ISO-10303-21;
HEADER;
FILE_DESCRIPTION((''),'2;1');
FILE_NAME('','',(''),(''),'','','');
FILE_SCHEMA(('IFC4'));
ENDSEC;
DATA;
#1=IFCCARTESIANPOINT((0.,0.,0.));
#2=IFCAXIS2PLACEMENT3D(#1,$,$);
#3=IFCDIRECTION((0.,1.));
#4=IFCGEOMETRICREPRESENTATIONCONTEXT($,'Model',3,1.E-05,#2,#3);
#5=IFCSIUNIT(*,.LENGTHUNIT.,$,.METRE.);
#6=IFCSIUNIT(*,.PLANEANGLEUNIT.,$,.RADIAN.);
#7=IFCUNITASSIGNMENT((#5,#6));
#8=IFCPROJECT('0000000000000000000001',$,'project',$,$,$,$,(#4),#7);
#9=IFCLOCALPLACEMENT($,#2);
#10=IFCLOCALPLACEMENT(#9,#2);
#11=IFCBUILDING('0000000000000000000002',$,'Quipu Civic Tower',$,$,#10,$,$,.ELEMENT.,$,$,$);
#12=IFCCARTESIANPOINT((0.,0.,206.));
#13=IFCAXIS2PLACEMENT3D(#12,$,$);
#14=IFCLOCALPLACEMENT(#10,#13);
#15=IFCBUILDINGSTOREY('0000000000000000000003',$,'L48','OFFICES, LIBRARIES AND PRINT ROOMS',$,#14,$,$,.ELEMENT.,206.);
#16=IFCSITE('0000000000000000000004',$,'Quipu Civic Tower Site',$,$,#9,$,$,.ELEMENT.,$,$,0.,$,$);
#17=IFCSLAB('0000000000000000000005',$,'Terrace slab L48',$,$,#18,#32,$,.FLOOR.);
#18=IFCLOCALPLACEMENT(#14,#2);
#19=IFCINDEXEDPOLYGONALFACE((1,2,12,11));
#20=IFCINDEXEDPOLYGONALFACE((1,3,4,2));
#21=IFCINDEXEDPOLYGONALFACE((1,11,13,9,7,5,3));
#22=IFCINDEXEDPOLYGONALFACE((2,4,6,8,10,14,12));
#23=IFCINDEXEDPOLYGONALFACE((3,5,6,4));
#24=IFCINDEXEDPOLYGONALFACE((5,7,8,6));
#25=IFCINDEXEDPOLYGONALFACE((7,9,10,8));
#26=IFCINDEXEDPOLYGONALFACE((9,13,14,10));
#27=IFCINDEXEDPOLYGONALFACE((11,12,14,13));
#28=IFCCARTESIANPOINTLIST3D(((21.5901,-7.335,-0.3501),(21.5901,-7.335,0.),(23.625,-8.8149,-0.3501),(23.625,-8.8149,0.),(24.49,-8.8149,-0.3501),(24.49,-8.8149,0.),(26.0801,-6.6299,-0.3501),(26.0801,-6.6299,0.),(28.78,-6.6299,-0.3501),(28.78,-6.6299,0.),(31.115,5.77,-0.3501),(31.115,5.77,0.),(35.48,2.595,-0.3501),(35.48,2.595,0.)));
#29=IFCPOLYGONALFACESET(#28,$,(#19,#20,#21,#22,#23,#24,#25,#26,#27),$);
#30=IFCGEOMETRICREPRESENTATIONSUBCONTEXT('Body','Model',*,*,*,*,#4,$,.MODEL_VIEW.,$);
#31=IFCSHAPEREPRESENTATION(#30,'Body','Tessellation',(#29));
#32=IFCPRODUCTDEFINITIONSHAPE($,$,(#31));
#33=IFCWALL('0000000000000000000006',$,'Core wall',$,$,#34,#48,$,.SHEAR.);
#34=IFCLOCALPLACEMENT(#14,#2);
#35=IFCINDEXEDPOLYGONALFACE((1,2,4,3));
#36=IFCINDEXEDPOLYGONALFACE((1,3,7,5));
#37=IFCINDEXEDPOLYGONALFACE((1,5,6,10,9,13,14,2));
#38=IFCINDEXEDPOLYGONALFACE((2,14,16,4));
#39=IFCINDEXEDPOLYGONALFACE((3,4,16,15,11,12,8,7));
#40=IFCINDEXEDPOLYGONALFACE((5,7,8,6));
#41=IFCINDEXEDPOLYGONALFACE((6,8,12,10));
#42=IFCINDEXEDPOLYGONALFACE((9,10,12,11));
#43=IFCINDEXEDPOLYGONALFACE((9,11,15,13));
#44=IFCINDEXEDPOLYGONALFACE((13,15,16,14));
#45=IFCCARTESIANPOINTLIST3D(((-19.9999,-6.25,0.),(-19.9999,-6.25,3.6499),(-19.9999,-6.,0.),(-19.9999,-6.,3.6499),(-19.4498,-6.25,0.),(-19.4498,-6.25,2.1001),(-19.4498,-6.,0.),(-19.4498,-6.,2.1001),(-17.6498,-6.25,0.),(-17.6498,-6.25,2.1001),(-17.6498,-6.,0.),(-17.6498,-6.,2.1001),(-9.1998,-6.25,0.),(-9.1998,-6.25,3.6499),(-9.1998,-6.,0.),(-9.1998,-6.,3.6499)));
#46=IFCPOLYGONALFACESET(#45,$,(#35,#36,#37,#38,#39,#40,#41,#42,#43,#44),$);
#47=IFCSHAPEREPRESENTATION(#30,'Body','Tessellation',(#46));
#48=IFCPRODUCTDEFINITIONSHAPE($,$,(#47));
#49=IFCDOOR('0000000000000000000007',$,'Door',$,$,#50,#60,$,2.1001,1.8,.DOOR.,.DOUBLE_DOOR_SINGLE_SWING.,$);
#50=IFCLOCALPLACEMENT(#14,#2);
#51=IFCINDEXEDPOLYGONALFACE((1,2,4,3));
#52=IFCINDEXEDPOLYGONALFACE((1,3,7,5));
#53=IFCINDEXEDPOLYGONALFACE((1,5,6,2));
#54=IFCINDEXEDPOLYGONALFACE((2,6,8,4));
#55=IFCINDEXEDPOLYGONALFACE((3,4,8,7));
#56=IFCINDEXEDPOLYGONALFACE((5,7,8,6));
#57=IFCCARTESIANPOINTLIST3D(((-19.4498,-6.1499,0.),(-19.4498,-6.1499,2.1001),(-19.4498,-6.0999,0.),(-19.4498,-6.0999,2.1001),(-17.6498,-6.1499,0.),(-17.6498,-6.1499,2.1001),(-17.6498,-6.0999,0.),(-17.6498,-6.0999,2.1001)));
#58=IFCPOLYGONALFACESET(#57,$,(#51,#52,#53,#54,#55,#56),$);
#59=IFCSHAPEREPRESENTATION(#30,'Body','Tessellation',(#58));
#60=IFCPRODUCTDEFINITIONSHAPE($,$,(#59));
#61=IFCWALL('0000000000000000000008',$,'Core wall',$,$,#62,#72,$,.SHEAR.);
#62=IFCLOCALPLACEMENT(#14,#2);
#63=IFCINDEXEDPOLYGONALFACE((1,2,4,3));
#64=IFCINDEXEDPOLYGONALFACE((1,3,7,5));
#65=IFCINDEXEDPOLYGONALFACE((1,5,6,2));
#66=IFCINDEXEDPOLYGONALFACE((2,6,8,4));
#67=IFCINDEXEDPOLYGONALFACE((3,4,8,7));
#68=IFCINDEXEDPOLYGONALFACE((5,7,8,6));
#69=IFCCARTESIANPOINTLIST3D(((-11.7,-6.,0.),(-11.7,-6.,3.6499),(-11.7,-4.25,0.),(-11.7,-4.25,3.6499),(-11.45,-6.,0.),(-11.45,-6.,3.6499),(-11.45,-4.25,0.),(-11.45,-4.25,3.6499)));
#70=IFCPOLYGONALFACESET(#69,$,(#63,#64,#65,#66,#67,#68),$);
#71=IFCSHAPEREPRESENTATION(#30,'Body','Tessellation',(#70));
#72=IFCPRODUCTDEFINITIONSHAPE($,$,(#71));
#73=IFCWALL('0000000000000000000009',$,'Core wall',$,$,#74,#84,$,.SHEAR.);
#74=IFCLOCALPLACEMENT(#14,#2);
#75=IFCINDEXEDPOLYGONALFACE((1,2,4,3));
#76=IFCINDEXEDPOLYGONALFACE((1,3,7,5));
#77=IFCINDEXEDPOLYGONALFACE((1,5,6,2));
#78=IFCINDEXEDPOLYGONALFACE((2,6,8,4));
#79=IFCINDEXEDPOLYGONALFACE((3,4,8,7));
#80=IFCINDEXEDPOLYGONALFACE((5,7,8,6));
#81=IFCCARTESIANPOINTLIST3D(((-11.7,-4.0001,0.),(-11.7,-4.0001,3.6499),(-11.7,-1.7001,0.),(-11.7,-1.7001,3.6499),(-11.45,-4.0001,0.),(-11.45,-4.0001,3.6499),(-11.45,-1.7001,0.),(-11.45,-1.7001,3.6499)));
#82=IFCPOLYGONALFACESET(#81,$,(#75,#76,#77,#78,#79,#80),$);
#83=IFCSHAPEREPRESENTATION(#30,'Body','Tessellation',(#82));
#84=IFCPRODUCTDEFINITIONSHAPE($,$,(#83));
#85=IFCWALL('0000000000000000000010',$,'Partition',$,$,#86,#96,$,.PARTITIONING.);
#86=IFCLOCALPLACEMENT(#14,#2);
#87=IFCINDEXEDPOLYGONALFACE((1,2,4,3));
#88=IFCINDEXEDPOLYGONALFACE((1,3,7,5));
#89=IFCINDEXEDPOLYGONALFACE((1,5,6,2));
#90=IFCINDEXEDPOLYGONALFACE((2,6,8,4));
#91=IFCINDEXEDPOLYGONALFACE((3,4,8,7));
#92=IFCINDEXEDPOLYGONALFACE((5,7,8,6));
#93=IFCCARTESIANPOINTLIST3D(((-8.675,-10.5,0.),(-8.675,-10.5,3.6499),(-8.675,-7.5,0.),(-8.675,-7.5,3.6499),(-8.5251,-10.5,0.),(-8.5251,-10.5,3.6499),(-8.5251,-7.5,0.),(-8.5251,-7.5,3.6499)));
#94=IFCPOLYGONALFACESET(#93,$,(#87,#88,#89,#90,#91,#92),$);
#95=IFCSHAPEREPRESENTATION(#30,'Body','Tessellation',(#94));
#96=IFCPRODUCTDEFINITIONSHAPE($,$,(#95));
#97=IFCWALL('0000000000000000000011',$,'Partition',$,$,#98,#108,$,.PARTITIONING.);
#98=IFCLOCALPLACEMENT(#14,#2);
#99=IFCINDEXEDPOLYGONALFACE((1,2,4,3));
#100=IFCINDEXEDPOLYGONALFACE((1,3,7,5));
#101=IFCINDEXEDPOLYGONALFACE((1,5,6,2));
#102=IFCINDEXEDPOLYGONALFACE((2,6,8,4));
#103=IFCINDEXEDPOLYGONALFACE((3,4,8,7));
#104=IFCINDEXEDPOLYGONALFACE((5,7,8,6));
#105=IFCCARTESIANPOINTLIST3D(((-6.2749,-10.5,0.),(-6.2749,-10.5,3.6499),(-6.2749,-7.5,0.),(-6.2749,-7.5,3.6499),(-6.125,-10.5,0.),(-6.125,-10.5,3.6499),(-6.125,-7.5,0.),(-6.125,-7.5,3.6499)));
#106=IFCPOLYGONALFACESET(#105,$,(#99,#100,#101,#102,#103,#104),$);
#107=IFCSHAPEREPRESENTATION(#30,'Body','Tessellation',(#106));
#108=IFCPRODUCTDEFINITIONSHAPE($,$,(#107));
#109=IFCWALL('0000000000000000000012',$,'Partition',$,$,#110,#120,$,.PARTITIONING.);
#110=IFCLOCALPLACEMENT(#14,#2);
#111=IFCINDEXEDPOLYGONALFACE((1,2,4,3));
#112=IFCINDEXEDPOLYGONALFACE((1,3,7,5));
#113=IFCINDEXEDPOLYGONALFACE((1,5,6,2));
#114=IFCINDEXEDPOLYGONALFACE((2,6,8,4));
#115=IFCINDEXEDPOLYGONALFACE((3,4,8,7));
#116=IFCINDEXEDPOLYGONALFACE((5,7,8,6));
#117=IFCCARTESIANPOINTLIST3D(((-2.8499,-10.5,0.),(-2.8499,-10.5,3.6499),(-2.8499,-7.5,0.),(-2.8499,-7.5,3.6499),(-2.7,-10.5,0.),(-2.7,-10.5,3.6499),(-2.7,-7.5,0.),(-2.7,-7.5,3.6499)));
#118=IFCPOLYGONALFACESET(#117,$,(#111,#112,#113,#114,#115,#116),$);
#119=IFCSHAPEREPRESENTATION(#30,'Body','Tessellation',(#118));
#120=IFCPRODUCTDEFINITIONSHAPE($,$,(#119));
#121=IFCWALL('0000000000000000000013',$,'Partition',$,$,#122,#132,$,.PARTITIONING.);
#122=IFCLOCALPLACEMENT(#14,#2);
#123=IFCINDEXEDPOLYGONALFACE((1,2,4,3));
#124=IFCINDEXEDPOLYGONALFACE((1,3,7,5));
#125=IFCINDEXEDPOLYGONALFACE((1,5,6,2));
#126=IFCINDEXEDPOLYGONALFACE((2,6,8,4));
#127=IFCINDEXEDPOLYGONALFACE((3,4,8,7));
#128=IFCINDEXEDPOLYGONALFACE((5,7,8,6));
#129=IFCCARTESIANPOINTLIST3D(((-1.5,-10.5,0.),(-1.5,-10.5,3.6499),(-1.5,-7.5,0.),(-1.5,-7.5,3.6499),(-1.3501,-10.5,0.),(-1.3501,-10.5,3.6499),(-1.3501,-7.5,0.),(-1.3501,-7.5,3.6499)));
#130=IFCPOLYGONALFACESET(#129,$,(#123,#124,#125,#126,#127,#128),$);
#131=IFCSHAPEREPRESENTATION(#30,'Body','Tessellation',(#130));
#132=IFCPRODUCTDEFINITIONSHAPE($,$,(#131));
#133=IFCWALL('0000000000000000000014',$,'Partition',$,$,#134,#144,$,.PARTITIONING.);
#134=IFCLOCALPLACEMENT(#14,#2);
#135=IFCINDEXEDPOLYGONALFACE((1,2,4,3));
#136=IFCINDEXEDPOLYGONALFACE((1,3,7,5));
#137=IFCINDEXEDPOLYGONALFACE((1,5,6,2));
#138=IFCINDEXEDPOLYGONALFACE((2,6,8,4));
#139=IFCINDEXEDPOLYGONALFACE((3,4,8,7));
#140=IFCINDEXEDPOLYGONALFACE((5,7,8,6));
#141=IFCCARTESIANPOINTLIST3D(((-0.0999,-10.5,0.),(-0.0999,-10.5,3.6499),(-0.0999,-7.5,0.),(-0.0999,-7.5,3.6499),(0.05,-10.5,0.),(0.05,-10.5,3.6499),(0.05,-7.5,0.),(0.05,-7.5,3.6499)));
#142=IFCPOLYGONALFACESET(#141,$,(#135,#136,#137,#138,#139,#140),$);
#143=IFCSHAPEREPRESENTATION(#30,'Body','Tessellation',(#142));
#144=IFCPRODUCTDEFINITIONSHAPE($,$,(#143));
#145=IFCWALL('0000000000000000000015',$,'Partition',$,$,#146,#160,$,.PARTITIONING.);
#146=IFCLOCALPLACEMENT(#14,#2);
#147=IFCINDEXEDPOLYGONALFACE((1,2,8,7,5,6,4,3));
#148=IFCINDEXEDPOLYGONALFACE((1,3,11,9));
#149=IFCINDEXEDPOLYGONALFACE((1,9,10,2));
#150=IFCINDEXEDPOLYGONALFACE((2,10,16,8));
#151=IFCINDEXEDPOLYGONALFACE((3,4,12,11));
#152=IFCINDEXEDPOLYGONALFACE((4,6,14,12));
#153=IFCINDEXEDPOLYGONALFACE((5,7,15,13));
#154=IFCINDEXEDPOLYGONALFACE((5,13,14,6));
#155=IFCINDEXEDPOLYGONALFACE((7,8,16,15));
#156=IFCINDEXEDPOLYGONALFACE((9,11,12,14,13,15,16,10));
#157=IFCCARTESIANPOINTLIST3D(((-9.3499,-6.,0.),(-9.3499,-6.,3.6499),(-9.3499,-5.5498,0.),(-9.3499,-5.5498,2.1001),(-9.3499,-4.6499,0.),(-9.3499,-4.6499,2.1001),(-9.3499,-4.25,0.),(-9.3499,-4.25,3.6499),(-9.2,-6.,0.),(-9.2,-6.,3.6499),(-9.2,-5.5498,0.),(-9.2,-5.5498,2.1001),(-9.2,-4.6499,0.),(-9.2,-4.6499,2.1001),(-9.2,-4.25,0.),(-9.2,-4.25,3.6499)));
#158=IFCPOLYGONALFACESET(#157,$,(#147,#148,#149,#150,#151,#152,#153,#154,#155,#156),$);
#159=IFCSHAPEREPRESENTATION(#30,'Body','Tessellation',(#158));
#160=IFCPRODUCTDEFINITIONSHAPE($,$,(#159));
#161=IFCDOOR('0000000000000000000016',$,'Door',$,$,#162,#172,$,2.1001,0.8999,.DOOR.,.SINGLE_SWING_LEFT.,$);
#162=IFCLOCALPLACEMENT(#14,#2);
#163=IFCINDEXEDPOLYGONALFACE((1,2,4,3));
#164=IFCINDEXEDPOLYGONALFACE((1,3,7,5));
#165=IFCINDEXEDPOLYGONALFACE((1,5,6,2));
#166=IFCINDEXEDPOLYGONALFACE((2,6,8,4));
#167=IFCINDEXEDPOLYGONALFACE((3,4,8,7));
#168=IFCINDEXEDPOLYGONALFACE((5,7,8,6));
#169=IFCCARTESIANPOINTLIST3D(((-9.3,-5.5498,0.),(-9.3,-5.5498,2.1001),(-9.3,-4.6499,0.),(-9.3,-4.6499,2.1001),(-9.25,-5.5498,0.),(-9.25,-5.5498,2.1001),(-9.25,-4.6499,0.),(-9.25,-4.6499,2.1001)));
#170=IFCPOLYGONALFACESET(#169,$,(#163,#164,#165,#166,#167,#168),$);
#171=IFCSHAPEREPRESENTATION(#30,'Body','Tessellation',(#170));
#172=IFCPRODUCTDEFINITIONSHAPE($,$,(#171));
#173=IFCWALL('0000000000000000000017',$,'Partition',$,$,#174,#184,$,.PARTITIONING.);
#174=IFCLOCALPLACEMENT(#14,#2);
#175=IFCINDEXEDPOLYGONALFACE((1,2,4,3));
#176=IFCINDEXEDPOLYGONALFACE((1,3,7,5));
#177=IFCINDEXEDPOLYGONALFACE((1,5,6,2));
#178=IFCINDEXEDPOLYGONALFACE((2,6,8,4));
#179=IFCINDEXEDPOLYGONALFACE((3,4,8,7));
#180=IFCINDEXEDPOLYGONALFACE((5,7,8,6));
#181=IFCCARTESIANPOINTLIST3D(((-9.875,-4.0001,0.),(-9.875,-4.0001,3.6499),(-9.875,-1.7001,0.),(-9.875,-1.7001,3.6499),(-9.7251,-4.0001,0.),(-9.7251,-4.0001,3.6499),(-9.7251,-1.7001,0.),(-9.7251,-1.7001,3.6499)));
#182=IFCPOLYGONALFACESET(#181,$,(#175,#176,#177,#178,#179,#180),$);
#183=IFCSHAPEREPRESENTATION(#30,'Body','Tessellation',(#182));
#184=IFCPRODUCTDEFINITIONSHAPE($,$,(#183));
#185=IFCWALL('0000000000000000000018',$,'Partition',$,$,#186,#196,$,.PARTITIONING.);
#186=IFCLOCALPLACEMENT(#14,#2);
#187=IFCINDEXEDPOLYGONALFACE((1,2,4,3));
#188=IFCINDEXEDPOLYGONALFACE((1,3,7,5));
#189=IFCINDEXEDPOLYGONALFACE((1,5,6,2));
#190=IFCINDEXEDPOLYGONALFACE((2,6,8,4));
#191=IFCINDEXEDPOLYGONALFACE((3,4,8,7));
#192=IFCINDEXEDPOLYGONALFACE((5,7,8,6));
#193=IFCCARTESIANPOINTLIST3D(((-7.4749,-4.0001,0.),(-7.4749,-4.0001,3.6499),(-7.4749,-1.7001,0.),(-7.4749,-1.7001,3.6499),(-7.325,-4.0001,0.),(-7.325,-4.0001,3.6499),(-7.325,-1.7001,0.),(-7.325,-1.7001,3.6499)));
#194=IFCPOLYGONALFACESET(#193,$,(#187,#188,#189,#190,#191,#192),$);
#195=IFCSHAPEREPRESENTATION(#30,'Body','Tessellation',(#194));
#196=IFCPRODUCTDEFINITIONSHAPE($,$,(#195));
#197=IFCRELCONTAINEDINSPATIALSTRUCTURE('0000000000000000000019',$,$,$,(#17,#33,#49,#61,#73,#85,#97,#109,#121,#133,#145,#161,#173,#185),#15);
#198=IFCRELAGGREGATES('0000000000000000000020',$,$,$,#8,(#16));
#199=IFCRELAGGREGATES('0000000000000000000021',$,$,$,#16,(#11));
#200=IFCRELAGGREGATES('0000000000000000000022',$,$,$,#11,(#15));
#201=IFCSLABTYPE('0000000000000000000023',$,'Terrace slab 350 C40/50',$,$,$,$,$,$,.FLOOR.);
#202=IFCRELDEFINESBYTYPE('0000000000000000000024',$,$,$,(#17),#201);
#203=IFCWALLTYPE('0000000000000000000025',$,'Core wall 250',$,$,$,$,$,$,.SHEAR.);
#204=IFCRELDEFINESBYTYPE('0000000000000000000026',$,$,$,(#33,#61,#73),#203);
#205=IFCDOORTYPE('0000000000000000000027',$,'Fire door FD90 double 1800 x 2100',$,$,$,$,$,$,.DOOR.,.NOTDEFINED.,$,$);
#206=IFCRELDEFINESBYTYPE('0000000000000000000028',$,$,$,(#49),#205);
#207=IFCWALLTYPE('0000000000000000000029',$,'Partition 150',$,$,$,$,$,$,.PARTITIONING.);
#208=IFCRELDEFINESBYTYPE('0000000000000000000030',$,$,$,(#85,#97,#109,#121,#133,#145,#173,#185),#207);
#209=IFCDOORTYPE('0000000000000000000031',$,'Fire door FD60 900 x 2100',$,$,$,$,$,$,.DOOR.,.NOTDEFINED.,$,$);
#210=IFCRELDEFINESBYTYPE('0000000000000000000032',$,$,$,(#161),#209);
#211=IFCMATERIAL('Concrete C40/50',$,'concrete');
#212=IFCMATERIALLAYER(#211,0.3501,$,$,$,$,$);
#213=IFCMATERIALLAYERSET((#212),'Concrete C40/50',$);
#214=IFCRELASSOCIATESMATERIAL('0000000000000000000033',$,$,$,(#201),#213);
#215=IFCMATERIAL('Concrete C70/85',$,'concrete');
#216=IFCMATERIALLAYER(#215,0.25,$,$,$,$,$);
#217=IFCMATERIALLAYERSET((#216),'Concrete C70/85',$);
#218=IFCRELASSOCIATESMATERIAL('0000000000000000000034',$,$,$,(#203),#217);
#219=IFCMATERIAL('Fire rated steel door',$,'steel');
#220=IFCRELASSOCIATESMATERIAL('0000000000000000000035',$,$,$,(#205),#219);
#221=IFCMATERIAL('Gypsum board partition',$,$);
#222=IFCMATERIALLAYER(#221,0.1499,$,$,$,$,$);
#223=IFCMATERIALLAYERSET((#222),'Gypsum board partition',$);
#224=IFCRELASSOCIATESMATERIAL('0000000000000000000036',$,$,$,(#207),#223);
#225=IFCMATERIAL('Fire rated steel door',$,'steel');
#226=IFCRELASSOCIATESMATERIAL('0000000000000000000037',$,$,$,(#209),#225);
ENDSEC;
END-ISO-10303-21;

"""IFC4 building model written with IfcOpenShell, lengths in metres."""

from ifc_helpers import new_model, si_unit, direction, frame, frame_2d, origin, place, context, subcontext, project, spatial, polyline, rectangle, outline, extrude, material, layer, layer_set, type_object, element, fill, save


model = new_model("IFC4")

# Units and contexts
model_context = context("Model", 3, precision=1e-05, world=origin(), true_north=direction((0.0, 1.0)))
body_context = subcontext(model_context, "Body", "Model", "MODEL_VIEW")
ifc_project = project(units=[si_unit("LENGTHUNIT", "METRE"), si_unit("PLANEANGLEUNIT", "RADIAN")], contexts=[model_context])

# Site, building, storey
site_placement = place(None, origin())
site = spatial("IfcSite", under=ifc_project, at=site_placement, Name="Quipu Civic Tower Site", CompositionType="ELEMENT", RefElevation=0.0)
building_placement = place(site_placement, origin())
building = spatial("IfcBuilding", under=site, at=building_placement, Name="Quipu Civic Tower", CompositionType="ELEMENT")
storey_placement = place(building_placement, frame((0.0, 0.0, 206.0)))
storey = spatial("IfcBuildingStorey", under=building, at=storey_placement, Name="L48", Description="OFFICES, LIBRARIES AND PRINT ROOMS", CompositionType="ELEMENT", Elevation=206.0)

# Slab
ifc_material_1 = material(Name="Concrete C40/50", Category="concrete")
ifc_layer_1 = layer(ifc_material_1, 0.3501)
ifc_layer_set_1 = layer_set([ifc_layer_1], Name="Concrete C40/50")
slab_type_1 = type_object("IfcSlabType", Name="Terrace slab 350 C40/50", PredefinedType="FLOOR", material=ifc_layer_set_1)
slab_1_placement = place(storey_placement, frame((0.0, 0.0, -0.3501)))
element("IfcSlab", 1, at=slab_1_placement, inside=storey, type_object=slab_type_1, Name="Terrace slab L48", PredefinedType="FLOOR", context=body_context, shape_type="SweptSolid", body=[
    extrude(outline(polyline([(35.48, 2.595), (28.78, -6.6299), (26.0801, -6.6299), (24.49, -8.8149), (23.625, -8.8149), (21.5901, -7.335), (31.115, 5.77), (35.48, 2.595)])), origin(), (0.0, 0.0, 1.0), 0.3501),
])

# Wall, opening, door
ifc_material_2 = material(Name="Concrete C70/85", Category="concrete")
ifc_layer_2 = layer(ifc_material_2, 0.25)
ifc_layer_set_2 = layer_set([ifc_layer_2], Name="Concrete C70/85")
wall_type_1 = type_object("IfcWallType", Name="Core wall 250", PredefinedType="SHEAR", material=ifc_layer_set_2)
wall_1_placement = place(storey_placement, frame((-9.2, -6.125, 0.0), z_axis=(0.0, 0.0, 1.0), x_axis=(-1.0, 0.0, 0.0)))
wall_1 = element("IfcWall", 2, at=wall_1_placement, inside=storey, type_object=wall_type_1, Name="Core wall", PredefinedType="SHEAR", context=body_context, shape_type="SweptSolid", body=[
    extrude(rectangle(XDim=10.8, YDim=0.25, at=frame_2d((5.3999, 0.0))), origin(), (0.0, 0.0, 1.0), 3.6499),
])
opening_1_placement = place(wall_1_placement, frame((8.45, 0.0, 0.0)))
opening_1 = element("IfcOpeningElement", 3, at=opening_1_placement, cuts=wall_1, PredefinedType="OPENING", context=body_context, shape_type="SweptSolid", body=[
    extrude(rectangle(XDim=1.8, YDim=2.1001, at=frame_2d((0.8999, 1.05))), frame((0.0, 0.135, 0.0), z_axis=(0.0, -1.0, 0.0), x_axis=(1.0, 0.0, 0.0)), (0.0, 0.0, 1.0), 0.27),
])
ifc_material_3 = material(Name="Fire rated steel door", Category="steel")
door_type_1 = type_object("IfcDoorType", Name="Fire door FD90 double 1800 x 2100", OperationType="NOTDEFINED", PredefinedType="DOOR", material=ifc_material_3)
door_1_placement = place(opening_1_placement, origin())
door_1 = element("IfcDoor", 4, at=door_1_placement, inside=storey, type_object=door_type_1, Name="Door", OperationType="DOUBLE_DOOR_SINGLE_SWING", OverallHeight=2.1001, OverallWidth=1.8, PredefinedType="DOOR", context=body_context, shape_type="SweptSolid", body=[
    extrude(rectangle(XDim=1.8, YDim=2.1001, at=frame_2d((0.8999, 1.05))), frame((0.0, 0.0249, 0.0), z_axis=(0.0, -1.0, 0.0), x_axis=(1.0, 0.0, 0.0)), (0.0, 0.0, 1.0), 0.05),
])
fill(opening_1, door_1)

# Walls
wall_2_placement = place(storey_placement, frame((-11.575, -6.0, 0.0), z_axis=(0.0, 0.0, 1.0), x_axis=(0.0, 1.0, 0.0)))
element("IfcWall", 5, at=wall_2_placement, inside=storey, type_object=wall_type_1, Name="Core wall", PredefinedType="SHEAR", context=body_context, shape_type="SweptSolid", body=[
    extrude(rectangle(XDim=1.75, YDim=0.25, at=frame_2d((0.875, 0.0))), origin(), (0.0, 0.0, 1.0), 3.6499),
])
wall_3_placement = place(storey_placement, frame((-11.575, -4.0, 0.0), z_axis=(0.0, 0.0, 1.0), x_axis=(0.0, 1.0, 0.0)))
element("IfcWall", 6, at=wall_3_placement, inside=storey, type_object=wall_type_1, Name="Core wall", PredefinedType="SHEAR", context=body_context, shape_type="SweptSolid", body=[
    extrude(rectangle(XDim=2.3, YDim=0.25, at=frame_2d((1.1499, 0.0))), origin(), (0.0, 0.0, 1.0), 3.6499),
])
ifc_material_4 = material(Name="Gypsum board partition")
ifc_layer_3 = layer(ifc_material_4, 0.1499)
ifc_layer_set_3 = layer_set([ifc_layer_3], Name="Gypsum board partition")
wall_type_2 = type_object("IfcWallType", Name="Partition 150", PredefinedType="PARTITIONING", material=ifc_layer_set_3)
for number, where, z_axis, x_axis, name in (
    (7, (-8.6001, -10.5, 0.0), (0.0, 0.0, 1.0), (0.0, 1.0, 0.0), "Partition"),
    (8, (-6.2, -10.5, 0.0), (0.0, 0.0, 1.0), (0.0, 1.0, 0.0), "Partition"),
    (9, (-2.7749, -10.5, 0.0), (0.0, 0.0, 1.0), (0.0, 1.0, 0.0), "Partition"),
    (10, (-1.425, -10.5, 0.0), (0.0, 0.0, 1.0), (0.0, 1.0, 0.0), "Partition"),
    (11, (-0.0249, -10.5, 0.0), (0.0, 0.0, 1.0), (0.0, 1.0, 0.0), "Partition"),
):
    element("IfcWall", number, at=place(storey_placement, frame(where, z_axis=z_axis, x_axis=x_axis)), inside=storey, type_object=wall_type_2, Name=name, PredefinedType="PARTITIONING", context=body_context, shape_type="SweptSolid", body=[
        extrude(rectangle(XDim=3.0, YDim=0.1499, at=frame_2d((1.5, 0.0))), origin(), (0.0, 0.0, 1.0), 3.6499),
    ])

# Wall, opening, door
wall_4_placement = place(storey_placement, frame((-9.2749, -4.25, 0.0), z_axis=(0.0, 0.0, 1.0), x_axis=(0.0, -1.0, 0.0)))
wall_4 = element("IfcWall", 12, at=wall_4_placement, inside=storey, type_object=wall_type_2, Name="Partition", PredefinedType="PARTITIONING", context=body_context, shape_type="SweptSolid", body=[
    extrude(rectangle(XDim=1.75, YDim=0.1499, at=frame_2d((0.875, 0.0))), origin(), (0.0, 0.0, 1.0), 3.6499),
])
opening_2_placement = place(wall_4_placement, frame((0.3999, 0.0, 0.0)))
opening_2 = element("IfcOpeningElement", 13, at=opening_2_placement, cuts=wall_4, PredefinedType="OPENING", context=body_context, shape_type="SweptSolid", body=[
    extrude(rectangle(XDim=0.8999, YDim=2.1001, at=frame_2d((0.45, 1.05))), frame((0.0, 0.085, 0.0), z_axis=(0.0, -1.0, 0.0), x_axis=(1.0, 0.0, 0.0)), (0.0, 0.0, 1.0), 0.1699),
])
ifc_material_5 = material(Name="Fire rated steel door", Category="steel")
door_type_2 = type_object("IfcDoorType", Name="Fire door FD60 900 x 2100", OperationType="NOTDEFINED", PredefinedType="DOOR", material=ifc_material_5)
door_2_placement = place(opening_2_placement, origin())
door_2 = element("IfcDoor", 14, at=door_2_placement, inside=storey, type_object=door_type_2, Name="Door", OperationType="SINGLE_SWING_LEFT", OverallHeight=2.1001, OverallWidth=0.8999, PredefinedType="DOOR", context=body_context, shape_type="SweptSolid", body=[
    extrude(rectangle(XDim=0.8999, YDim=2.1001, at=frame_2d((0.45, 1.05))), frame((0.0, 0.0249, 0.0), z_axis=(0.0, -1.0, 0.0), x_axis=(1.0, 0.0, 0.0)), (0.0, 0.0, 1.0), 0.05),
])
fill(opening_2, door_2)

# Walls
for number, where, z_axis, x_axis, name in (
    (15, (-9.8, -4.0, 0.0), (0.0, 0.0, 1.0), (0.0, 1.0, 0.0), "Partition"),
    (16, (-7.3999, -4.0, 0.0), (0.0, 0.0, 1.0), (0.0, 1.0, 0.0), "Partition"),
):
    element("IfcWall", number, at=place(storey_placement, frame(where, z_axis=z_axis, x_axis=x_axis)), inside=storey, type_object=wall_type_2, Name=name, PredefinedType="PARTITIONING", context=body_context, shape_type="SweptSolid", body=[
        extrude(rectangle(XDim=2.3, YDim=0.1499, at=frame_2d((1.1499, 0.0))), origin(), (0.0, 0.0, 1.0), 3.6499),
    ])

save(model, "model.ifc")
